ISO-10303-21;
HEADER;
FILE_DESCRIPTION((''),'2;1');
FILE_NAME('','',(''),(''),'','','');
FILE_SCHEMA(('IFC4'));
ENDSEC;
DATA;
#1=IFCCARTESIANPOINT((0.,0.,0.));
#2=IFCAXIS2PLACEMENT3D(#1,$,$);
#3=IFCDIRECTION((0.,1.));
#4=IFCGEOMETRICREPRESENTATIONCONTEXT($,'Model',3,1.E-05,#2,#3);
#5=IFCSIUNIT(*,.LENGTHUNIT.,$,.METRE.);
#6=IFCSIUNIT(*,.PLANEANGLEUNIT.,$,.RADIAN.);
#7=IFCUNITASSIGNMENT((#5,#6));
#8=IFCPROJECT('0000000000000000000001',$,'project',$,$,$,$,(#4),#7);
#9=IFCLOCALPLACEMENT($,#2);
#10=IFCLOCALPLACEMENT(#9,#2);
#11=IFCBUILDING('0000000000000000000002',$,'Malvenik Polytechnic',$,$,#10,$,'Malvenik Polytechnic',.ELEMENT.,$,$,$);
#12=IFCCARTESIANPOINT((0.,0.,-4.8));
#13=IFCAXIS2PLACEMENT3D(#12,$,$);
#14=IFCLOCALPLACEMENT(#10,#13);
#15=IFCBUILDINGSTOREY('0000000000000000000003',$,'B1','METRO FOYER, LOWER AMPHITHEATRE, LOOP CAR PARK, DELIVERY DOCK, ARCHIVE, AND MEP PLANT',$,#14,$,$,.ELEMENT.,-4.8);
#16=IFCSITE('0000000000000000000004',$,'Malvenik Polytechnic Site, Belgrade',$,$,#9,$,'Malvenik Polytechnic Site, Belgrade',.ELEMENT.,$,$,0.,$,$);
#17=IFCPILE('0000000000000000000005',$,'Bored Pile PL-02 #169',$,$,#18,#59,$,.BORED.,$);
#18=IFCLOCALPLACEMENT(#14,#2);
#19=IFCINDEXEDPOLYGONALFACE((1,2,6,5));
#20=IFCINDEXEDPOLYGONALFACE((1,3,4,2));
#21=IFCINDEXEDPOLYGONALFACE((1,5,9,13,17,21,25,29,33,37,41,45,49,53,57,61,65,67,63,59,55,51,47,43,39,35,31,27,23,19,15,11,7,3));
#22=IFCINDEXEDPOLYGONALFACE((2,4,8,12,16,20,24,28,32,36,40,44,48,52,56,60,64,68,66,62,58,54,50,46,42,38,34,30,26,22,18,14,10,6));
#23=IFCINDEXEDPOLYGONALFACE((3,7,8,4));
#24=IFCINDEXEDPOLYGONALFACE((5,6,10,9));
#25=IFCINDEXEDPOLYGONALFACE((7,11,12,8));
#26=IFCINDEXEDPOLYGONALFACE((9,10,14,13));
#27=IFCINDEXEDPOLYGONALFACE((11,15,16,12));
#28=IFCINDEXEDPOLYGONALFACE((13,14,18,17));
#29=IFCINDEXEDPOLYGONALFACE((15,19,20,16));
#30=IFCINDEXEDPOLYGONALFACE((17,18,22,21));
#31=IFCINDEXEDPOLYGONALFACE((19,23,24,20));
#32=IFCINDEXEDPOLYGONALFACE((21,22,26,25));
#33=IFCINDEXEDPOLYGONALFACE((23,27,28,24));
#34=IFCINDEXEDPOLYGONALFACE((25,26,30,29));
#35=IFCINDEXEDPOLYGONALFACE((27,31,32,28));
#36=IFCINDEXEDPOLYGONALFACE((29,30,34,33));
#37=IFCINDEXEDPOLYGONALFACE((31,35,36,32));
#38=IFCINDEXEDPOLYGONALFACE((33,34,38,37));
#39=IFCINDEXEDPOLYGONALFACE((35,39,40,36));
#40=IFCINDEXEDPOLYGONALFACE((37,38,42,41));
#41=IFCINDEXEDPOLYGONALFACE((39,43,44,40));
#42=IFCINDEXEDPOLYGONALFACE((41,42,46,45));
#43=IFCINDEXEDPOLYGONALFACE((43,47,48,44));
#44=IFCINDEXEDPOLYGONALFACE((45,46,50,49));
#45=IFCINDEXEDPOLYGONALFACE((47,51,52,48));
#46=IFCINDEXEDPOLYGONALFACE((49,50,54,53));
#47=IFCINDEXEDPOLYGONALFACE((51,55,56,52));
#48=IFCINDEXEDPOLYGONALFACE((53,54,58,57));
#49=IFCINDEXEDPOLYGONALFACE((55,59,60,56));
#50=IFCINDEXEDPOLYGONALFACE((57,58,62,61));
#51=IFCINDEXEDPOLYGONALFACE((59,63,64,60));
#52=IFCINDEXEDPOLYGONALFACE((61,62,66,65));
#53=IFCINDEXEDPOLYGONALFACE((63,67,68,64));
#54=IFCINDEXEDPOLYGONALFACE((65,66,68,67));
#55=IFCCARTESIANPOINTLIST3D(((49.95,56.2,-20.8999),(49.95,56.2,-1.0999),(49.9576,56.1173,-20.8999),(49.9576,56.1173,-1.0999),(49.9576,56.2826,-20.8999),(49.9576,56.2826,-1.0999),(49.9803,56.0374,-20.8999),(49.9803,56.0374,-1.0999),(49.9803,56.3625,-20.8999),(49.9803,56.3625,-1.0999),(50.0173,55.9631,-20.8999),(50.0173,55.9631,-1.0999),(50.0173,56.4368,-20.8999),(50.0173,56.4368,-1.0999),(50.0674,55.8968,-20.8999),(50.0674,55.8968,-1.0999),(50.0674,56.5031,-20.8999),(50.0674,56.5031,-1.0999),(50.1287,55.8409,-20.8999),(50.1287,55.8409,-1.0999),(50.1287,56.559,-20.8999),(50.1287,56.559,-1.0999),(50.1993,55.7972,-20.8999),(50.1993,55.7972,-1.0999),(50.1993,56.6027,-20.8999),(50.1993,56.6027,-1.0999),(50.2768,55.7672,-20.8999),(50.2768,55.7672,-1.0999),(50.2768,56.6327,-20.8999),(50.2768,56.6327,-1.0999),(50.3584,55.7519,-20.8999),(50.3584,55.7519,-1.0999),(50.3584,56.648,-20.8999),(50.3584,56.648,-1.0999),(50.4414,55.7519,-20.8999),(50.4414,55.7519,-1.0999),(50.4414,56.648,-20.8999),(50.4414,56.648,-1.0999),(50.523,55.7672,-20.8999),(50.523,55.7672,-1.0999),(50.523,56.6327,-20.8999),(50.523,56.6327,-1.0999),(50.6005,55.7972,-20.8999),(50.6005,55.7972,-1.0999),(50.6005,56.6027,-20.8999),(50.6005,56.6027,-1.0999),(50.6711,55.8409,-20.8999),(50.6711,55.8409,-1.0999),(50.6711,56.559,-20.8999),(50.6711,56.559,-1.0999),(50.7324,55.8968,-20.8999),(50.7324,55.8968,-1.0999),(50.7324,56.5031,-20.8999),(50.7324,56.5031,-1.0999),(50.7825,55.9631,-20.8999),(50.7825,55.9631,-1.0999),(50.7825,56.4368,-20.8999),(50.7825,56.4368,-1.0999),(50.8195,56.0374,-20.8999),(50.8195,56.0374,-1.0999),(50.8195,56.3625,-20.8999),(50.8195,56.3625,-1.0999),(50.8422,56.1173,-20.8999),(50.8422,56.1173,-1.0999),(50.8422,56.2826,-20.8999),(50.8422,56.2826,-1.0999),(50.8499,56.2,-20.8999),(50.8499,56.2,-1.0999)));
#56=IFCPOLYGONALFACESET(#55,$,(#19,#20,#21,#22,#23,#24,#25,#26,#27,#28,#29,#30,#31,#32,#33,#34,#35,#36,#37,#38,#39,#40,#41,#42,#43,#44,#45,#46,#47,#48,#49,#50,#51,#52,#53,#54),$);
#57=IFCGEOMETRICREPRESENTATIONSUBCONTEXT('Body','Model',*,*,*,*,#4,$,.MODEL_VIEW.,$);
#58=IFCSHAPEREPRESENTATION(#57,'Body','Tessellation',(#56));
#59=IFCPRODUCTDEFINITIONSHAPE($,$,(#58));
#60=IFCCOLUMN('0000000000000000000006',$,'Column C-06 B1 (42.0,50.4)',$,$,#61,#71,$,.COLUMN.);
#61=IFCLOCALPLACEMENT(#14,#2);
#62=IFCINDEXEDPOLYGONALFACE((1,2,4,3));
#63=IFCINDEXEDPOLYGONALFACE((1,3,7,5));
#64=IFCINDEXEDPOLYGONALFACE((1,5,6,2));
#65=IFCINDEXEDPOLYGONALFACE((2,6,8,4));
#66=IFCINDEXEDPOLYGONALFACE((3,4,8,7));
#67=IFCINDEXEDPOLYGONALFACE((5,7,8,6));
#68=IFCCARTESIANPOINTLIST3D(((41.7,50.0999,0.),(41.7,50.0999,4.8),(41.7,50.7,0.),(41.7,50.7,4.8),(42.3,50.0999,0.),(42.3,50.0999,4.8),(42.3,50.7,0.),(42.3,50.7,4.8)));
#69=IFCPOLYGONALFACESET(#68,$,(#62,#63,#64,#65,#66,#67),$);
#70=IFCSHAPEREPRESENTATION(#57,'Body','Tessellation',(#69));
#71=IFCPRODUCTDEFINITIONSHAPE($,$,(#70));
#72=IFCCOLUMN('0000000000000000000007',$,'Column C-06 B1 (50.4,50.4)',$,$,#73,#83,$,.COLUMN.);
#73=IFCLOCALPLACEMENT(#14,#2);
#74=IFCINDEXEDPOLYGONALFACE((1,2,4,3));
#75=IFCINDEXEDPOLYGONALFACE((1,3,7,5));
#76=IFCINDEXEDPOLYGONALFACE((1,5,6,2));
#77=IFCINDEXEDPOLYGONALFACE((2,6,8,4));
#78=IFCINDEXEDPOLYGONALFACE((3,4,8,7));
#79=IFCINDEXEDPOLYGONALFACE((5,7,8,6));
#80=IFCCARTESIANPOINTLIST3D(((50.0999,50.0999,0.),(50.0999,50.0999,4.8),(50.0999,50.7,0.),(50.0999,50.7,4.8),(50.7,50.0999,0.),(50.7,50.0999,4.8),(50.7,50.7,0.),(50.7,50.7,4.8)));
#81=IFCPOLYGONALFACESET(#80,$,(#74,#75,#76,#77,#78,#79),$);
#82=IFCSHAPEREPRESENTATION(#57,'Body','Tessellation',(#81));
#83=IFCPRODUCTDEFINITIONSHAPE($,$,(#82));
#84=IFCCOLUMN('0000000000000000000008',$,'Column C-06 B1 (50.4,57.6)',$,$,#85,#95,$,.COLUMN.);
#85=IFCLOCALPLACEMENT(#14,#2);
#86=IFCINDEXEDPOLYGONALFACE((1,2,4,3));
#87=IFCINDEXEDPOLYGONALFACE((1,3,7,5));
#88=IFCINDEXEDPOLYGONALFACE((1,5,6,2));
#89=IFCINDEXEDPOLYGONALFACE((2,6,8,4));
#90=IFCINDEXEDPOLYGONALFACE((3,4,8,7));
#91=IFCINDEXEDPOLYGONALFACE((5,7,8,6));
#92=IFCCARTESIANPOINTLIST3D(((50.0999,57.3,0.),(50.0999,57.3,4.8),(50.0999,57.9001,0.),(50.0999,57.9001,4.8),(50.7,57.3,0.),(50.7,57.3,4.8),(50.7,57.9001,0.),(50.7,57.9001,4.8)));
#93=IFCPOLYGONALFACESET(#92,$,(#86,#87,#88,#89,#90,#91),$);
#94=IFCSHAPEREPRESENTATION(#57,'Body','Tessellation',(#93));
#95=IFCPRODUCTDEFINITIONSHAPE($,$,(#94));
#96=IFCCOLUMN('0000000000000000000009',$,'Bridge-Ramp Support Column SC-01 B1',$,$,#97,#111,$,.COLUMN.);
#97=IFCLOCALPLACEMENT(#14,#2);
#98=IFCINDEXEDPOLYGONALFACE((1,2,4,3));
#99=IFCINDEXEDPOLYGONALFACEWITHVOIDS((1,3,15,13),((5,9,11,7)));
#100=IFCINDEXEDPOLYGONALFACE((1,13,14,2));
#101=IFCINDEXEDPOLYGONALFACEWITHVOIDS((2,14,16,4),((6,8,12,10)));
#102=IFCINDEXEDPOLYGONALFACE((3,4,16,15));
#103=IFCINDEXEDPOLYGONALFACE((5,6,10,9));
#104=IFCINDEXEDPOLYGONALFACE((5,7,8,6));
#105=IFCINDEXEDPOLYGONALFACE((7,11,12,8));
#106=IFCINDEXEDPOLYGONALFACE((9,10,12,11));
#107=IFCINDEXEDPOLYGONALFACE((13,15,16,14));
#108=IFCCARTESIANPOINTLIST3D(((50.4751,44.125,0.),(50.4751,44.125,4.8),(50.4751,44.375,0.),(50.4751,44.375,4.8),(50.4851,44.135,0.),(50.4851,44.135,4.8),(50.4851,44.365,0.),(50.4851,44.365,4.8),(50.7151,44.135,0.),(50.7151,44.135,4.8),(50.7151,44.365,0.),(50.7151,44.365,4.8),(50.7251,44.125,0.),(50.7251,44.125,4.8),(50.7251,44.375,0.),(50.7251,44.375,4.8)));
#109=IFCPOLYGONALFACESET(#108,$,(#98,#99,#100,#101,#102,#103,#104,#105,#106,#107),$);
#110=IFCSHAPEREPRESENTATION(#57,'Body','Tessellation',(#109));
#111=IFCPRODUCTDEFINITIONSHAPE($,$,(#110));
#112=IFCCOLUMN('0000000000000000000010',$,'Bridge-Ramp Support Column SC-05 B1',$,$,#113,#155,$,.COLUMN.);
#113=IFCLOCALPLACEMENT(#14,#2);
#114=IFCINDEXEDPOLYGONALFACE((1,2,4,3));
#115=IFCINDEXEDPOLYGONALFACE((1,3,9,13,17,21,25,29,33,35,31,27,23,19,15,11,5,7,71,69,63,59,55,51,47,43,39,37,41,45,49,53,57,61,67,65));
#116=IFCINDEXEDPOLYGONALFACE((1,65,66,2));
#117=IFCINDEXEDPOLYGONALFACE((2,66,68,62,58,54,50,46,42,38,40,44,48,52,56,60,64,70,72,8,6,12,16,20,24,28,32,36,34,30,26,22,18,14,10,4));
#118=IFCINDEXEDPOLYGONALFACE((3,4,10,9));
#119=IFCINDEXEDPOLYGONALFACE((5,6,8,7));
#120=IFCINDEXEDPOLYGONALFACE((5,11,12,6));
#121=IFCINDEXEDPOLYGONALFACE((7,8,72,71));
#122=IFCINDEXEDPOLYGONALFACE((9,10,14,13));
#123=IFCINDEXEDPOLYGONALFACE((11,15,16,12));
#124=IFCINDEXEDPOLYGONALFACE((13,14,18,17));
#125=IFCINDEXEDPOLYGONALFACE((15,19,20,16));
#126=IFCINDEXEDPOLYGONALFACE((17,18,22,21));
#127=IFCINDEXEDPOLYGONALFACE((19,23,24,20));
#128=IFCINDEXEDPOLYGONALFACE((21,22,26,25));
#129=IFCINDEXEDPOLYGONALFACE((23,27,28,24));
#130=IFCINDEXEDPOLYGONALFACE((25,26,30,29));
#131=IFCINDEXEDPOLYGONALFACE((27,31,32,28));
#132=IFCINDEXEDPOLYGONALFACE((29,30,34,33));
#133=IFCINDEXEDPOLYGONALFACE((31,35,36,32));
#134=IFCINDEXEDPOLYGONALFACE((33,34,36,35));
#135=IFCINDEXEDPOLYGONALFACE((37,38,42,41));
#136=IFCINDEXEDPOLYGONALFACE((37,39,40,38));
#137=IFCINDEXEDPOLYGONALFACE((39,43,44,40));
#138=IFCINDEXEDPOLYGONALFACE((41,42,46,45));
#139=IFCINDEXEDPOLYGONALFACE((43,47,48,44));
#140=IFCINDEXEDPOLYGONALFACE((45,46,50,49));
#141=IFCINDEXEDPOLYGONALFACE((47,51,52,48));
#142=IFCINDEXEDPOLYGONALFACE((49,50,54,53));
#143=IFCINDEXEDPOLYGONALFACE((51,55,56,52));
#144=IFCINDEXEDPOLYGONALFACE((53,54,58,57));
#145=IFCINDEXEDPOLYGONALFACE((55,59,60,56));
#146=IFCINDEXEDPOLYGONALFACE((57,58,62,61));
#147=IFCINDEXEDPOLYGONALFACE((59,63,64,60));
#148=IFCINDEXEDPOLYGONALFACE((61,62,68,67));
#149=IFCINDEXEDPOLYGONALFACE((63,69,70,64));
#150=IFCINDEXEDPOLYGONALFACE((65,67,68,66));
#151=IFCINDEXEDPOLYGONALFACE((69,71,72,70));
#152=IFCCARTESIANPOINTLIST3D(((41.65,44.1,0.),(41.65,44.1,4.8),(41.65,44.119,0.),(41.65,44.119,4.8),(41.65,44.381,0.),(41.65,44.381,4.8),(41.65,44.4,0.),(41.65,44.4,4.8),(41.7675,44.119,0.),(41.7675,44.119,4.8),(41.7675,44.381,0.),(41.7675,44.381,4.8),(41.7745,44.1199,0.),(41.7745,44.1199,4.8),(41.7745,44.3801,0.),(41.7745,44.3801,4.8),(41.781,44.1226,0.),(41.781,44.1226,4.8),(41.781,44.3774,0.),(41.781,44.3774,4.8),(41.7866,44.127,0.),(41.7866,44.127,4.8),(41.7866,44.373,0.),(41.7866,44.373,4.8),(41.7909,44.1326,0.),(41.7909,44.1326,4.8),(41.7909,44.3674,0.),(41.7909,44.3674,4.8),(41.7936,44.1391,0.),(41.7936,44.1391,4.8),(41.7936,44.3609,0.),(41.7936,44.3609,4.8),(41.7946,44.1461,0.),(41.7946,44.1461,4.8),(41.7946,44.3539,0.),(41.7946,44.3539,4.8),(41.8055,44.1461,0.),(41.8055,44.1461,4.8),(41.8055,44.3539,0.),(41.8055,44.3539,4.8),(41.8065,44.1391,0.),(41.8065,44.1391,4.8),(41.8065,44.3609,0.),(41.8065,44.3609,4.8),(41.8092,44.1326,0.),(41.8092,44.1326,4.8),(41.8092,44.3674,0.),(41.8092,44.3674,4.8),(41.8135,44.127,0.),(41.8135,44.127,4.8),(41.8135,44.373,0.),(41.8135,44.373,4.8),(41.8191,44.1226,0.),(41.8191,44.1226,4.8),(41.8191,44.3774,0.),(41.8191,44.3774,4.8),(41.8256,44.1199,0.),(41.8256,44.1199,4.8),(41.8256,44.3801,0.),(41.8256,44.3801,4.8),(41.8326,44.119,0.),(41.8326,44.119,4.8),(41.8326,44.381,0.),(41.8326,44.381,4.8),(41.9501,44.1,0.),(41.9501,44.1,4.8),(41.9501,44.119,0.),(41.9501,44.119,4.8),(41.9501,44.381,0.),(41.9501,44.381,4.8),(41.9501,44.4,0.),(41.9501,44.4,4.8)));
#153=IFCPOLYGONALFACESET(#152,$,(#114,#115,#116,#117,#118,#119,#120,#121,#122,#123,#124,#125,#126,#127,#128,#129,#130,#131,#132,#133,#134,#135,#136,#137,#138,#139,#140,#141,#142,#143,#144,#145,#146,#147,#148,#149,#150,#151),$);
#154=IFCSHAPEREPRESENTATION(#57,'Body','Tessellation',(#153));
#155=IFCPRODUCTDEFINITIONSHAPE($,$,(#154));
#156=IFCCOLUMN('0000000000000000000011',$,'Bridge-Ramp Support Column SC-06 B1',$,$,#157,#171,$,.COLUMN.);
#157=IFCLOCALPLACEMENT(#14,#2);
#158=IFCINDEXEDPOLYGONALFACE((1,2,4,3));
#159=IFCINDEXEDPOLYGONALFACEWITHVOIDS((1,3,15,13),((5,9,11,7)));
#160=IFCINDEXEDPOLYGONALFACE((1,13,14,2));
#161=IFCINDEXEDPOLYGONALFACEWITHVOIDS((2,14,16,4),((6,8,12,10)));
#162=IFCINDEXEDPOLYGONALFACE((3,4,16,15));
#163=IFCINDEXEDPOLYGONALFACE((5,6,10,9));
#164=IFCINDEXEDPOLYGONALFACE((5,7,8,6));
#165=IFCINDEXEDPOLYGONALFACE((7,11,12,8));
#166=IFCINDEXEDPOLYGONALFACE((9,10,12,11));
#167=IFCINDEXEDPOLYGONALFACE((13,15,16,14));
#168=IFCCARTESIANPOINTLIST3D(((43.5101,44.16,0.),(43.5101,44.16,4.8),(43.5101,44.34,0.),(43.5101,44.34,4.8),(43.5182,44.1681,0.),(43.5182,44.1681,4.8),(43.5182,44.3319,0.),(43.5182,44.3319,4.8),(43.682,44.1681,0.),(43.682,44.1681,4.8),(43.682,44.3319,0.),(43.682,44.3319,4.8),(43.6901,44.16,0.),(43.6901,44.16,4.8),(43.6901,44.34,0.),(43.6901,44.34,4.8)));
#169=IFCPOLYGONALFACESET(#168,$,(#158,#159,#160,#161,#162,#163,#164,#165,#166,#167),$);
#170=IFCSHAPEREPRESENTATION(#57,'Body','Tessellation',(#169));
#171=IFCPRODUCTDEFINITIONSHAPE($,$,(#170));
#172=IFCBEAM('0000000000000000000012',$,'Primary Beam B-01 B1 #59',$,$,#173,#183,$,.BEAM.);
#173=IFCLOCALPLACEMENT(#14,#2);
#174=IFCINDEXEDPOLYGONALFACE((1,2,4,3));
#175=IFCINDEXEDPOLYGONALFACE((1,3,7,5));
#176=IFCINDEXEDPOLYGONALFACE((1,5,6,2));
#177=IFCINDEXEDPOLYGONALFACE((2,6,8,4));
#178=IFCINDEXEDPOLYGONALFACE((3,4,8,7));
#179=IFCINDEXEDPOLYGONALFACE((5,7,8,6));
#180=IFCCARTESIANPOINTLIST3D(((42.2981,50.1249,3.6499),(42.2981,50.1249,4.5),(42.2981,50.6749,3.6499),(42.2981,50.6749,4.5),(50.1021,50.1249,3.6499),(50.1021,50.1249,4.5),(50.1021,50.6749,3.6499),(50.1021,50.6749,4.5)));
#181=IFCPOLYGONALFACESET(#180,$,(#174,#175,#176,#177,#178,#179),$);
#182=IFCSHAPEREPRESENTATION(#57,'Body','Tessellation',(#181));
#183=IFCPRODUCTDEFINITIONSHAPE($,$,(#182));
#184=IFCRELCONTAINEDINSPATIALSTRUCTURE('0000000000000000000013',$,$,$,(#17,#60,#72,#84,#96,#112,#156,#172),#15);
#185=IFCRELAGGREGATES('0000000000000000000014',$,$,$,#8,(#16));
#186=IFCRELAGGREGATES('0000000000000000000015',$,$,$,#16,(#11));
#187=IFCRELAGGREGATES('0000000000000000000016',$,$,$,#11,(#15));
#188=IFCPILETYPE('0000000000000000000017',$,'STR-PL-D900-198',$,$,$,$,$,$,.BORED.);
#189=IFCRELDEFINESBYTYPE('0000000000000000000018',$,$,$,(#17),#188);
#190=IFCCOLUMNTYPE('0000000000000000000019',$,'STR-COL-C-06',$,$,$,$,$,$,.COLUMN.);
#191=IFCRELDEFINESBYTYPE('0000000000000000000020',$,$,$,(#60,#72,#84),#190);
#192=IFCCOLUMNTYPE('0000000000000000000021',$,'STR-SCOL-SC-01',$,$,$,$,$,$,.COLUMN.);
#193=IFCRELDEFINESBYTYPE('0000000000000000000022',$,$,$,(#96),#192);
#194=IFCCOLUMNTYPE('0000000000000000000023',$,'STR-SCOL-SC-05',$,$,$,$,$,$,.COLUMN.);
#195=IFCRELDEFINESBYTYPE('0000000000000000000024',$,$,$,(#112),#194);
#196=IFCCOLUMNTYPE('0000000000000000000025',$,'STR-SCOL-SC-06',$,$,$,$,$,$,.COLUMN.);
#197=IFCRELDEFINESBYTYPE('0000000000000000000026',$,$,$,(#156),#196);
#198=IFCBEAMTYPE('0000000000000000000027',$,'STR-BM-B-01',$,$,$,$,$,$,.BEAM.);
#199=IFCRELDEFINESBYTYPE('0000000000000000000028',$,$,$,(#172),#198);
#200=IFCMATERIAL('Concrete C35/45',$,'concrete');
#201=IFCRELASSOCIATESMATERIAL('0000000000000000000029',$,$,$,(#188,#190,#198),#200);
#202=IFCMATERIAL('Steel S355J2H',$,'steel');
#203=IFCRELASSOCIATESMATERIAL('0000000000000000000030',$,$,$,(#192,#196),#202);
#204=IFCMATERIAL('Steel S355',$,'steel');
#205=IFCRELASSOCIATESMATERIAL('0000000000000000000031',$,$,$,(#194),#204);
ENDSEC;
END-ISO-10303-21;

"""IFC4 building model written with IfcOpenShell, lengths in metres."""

from ifc_helpers import new_model, si_unit, direction, frame, origin, origin_2d, place, context, subcontext, project, spatial, rectangle, hollow_rectangle, circle, i_section, extrude, material, material_profile, profile_set, type_object, element, save


model = new_model("IFC4")

# Units and contexts
model_context = context("Model", 3, precision=1e-05, world=origin(), true_north=direction((0.0, 1.0)))
body_context = subcontext(model_context, "Body", "Model", "MODEL_VIEW")
ifc_project = project(units=[si_unit("LENGTHUNIT", "METRE"), si_unit("PLANEANGLEUNIT", "RADIAN")], contexts=[model_context])

# Site, building, storey
site_placement = place(None, origin())
site = spatial("IfcSite", under=ifc_project, at=site_placement, Name="Malvenik Polytechnic Site, Belgrade", LongName="Malvenik Polytechnic Site, Belgrade", CompositionType="ELEMENT", RefElevation=0.0)
building_placement = place(site_placement, origin())
building = spatial("IfcBuilding", under=site, at=building_placement, Name="Malvenik Polytechnic", LongName="Malvenik Polytechnic", CompositionType="ELEMENT")
storey_placement = place(building_placement, frame((0.0, 0.0, -4.8)))
storey = spatial("IfcBuildingStorey", under=building, at=storey_placement, Name="B1", Description="METRO FOYER, LOWER AMPHITHEATRE, LOOP CAR PARK, DELIVERY DOCK, ARCHIVE, AND MEP PLANT", CompositionType="ELEMENT", Elevation=-4.8)

# Shared definitions
ifc_material_1 = material(Name="Concrete C35/45", Category="concrete")

# Pile
ifc_material_profile_1 = material_profile(ifc_material_1, circle(Radius=0.45, at=origin_2d()), Name="BORED PILE D900")
ifc_profile_set_1 = profile_set([ifc_material_profile_1], Name="Concrete C35/45")
pile_type = type_object("IfcPileType", Name="STR-PL-D900-198", PredefinedType="BORED", material=ifc_profile_set_1)
for number, where, z_axis, x_axis, name in (
    (1, (50.3999, 56.2, -1.0999), (0.0, 0.0, -1.0), (1.0, 0.0, 0.0), "Bored Pile PL-02 #169"),
):
    element("IfcPile", number, at=place(storey_placement, frame(where, z_axis=z_axis, x_axis=x_axis)), inside=storey, type_object=pile_type, Name=name, PredefinedType="BORED", context=body_context, shape_type="SweptSolid", body=[
        extrude(circle(Radius=0.45, at=origin_2d()), origin(), (0.0, 0.0, 1.0), 19.8),
    ])

# Columns
ifc_material_profile_2 = material_profile(ifc_material_1, rectangle(XDim=0.6001, YDim=0.6001, at=origin_2d()), Name="RC COL 600x600")
ifc_profile_set_2 = profile_set([ifc_material_profile_2], Name="Concrete C35/45")
column_type_1 = type_object("IfcColumnType", Name="STR-COL-C-06", PredefinedType="COLUMN", material=ifc_profile_set_2)
for number, where, z_axis, x_axis, name in (
    (2, (42.0, 50.3999, 0.0), (0.0, 0.0, 1.0), (1.0, 0.0, 0.0), "Column C-06 B1 (42.0,50.4)"),
    (3, (50.3999, 50.3999, 0.0), (0.0, 0.0, 1.0), (1.0, 0.0, 0.0), "Column C-06 B1 (50.4,50.4)"),
    (4, (50.3999, 57.6001, 0.0), (0.0, 0.0, 1.0), (1.0, 0.0, 0.0), "Column C-06 B1 (50.4,57.6)"),
):
    element("IfcColumn", number, at=place(storey_placement, frame(where, z_axis=z_axis, x_axis=x_axis)), inside=storey, type_object=column_type_1, Name=name, PredefinedType="COLUMN", context=body_context, shape_type="SweptSolid", body=[
        extrude(rectangle(XDim=0.6001, YDim=0.6001, at=origin_2d()), origin(), (0.0, 0.0, 1.0), 4.8),
    ])
ifc_material_2 = material(Name="Steel S355J2H", Category="steel")
ifc_material_profile_3 = material_profile(ifc_material_2, hollow_rectangle(XDim=0.25, YDim=0.25, WallThickness=0.01, at=origin_2d()), Name="SHS 250x250x10.0")
ifc_profile_set_3 = profile_set([ifc_material_profile_3], Name="Steel S355J2H")
column_type_2 = type_object("IfcColumnType", Name="STR-SCOL-SC-01", PredefinedType="COLUMN", material=ifc_profile_set_3)
column_1_placement = place(storey_placement, frame((50.6001, 44.25, 0.0), z_axis=(0.0, 0.0, 1.0), x_axis=(1.0, 0.0, 0.0)))
element("IfcColumn", 5, at=column_1_placement, inside=storey, type_object=column_type_2, Name="Bridge-Ramp Support Column SC-01 B1", PredefinedType="COLUMN", context=body_context, shape_type="SweptSolid", body=[
    extrude(hollow_rectangle(XDim=0.25, YDim=0.25, WallThickness=0.01, at=origin_2d()), origin(), (0.0, 0.0, 1.0), 4.8),
])
ifc_material_3 = material(Name="Steel S355", Category="steel")
ifc_material_profile_4 = material_profile(ifc_material_3, i_section(OverallWidth=0.3, OverallDepth=0.3, WebThickness=0.011, FlangeThickness=0.019, FilletRadius=0.0271, at=origin_2d()), Name="HEB 300")
ifc_profile_set_4 = profile_set([ifc_material_profile_4], Name="Steel S355")
column_type_3 = type_object("IfcColumnType", Name="STR-SCOL-SC-05", PredefinedType="COLUMN", material=ifc_profile_set_4)
column_2_placement = place(storey_placement, frame((41.8, 44.25, 0.0), z_axis=(0.0, 0.0, 1.0), x_axis=(1.0, 0.0, 0.0)))
element("IfcColumn", 6, at=column_2_placement, inside=storey, type_object=column_type_3, Name="Bridge-Ramp Support Column SC-05 B1", PredefinedType="COLUMN", context=body_context, shape_type="SweptSolid", body=[
    extrude(i_section(OverallWidth=0.3, OverallDepth=0.3, WebThickness=0.011, FlangeThickness=0.019, FilletRadius=0.0271, at=origin_2d()), origin(), (0.0, 0.0, 1.0), 4.8),
])
ifc_material_profile_5 = material_profile(ifc_material_2, hollow_rectangle(XDim=0.1799, YDim=0.1799, WallThickness=0.0081, at=origin_2d()), Name="SHS 180x180x8.0")
ifc_profile_set_5 = profile_set([ifc_material_profile_5], Name="Steel S355J2H")
column_type_4 = type_object("IfcColumnType", Name="STR-SCOL-SC-06", PredefinedType="COLUMN", material=ifc_profile_set_5)
column_3_placement = place(storey_placement, frame((43.6001, 44.25, 0.0), z_axis=(0.0, 0.0, 1.0), x_axis=(1.0, 0.0, 0.0)))
element("IfcColumn", 7, at=column_3_placement, inside=storey, type_object=column_type_4, Name="Bridge-Ramp Support Column SC-06 B1", PredefinedType="COLUMN", context=body_context, shape_type="SweptSolid", body=[
    extrude(hollow_rectangle(XDim=0.1799, YDim=0.1799, WallThickness=0.0081, at=origin_2d()), origin(), (0.0, 0.0, 1.0), 4.8),
])

# Beam
ifc_material_profile_6 = material_profile(ifc_material_1, rectangle(XDim=0.55, YDim=0.8501, at=origin_2d()), Name="RC BM 550x850")
ifc_profile_set_6 = profile_set([ifc_material_profile_6], Name="Concrete C35/45")
beam_type_1 = type_object("IfcBeamType", Name="STR-BM-B-01", PredefinedType="BEAM", material=ifc_profile_set_6)
beam_1_placement = place(storey_placement, frame((42.2981, 50.3999, 4.075), z_axis=(1.0, 0.0, 0.0), x_axis=(0.0, 1.0, 0.0)))
element("IfcBeam", 8, at=beam_1_placement, inside=storey, type_object=beam_type_1, Name="Primary Beam B-01 B1 #59", PredefinedType="BEAM", context=body_context, shape_type="SweptSolid", body=[
    extrude(rectangle(XDim=0.55, YDim=0.8501, at=origin_2d()), origin(), (0.0, 0.0, 1.0), 7.804),
])

save(model, "model.ifc")
